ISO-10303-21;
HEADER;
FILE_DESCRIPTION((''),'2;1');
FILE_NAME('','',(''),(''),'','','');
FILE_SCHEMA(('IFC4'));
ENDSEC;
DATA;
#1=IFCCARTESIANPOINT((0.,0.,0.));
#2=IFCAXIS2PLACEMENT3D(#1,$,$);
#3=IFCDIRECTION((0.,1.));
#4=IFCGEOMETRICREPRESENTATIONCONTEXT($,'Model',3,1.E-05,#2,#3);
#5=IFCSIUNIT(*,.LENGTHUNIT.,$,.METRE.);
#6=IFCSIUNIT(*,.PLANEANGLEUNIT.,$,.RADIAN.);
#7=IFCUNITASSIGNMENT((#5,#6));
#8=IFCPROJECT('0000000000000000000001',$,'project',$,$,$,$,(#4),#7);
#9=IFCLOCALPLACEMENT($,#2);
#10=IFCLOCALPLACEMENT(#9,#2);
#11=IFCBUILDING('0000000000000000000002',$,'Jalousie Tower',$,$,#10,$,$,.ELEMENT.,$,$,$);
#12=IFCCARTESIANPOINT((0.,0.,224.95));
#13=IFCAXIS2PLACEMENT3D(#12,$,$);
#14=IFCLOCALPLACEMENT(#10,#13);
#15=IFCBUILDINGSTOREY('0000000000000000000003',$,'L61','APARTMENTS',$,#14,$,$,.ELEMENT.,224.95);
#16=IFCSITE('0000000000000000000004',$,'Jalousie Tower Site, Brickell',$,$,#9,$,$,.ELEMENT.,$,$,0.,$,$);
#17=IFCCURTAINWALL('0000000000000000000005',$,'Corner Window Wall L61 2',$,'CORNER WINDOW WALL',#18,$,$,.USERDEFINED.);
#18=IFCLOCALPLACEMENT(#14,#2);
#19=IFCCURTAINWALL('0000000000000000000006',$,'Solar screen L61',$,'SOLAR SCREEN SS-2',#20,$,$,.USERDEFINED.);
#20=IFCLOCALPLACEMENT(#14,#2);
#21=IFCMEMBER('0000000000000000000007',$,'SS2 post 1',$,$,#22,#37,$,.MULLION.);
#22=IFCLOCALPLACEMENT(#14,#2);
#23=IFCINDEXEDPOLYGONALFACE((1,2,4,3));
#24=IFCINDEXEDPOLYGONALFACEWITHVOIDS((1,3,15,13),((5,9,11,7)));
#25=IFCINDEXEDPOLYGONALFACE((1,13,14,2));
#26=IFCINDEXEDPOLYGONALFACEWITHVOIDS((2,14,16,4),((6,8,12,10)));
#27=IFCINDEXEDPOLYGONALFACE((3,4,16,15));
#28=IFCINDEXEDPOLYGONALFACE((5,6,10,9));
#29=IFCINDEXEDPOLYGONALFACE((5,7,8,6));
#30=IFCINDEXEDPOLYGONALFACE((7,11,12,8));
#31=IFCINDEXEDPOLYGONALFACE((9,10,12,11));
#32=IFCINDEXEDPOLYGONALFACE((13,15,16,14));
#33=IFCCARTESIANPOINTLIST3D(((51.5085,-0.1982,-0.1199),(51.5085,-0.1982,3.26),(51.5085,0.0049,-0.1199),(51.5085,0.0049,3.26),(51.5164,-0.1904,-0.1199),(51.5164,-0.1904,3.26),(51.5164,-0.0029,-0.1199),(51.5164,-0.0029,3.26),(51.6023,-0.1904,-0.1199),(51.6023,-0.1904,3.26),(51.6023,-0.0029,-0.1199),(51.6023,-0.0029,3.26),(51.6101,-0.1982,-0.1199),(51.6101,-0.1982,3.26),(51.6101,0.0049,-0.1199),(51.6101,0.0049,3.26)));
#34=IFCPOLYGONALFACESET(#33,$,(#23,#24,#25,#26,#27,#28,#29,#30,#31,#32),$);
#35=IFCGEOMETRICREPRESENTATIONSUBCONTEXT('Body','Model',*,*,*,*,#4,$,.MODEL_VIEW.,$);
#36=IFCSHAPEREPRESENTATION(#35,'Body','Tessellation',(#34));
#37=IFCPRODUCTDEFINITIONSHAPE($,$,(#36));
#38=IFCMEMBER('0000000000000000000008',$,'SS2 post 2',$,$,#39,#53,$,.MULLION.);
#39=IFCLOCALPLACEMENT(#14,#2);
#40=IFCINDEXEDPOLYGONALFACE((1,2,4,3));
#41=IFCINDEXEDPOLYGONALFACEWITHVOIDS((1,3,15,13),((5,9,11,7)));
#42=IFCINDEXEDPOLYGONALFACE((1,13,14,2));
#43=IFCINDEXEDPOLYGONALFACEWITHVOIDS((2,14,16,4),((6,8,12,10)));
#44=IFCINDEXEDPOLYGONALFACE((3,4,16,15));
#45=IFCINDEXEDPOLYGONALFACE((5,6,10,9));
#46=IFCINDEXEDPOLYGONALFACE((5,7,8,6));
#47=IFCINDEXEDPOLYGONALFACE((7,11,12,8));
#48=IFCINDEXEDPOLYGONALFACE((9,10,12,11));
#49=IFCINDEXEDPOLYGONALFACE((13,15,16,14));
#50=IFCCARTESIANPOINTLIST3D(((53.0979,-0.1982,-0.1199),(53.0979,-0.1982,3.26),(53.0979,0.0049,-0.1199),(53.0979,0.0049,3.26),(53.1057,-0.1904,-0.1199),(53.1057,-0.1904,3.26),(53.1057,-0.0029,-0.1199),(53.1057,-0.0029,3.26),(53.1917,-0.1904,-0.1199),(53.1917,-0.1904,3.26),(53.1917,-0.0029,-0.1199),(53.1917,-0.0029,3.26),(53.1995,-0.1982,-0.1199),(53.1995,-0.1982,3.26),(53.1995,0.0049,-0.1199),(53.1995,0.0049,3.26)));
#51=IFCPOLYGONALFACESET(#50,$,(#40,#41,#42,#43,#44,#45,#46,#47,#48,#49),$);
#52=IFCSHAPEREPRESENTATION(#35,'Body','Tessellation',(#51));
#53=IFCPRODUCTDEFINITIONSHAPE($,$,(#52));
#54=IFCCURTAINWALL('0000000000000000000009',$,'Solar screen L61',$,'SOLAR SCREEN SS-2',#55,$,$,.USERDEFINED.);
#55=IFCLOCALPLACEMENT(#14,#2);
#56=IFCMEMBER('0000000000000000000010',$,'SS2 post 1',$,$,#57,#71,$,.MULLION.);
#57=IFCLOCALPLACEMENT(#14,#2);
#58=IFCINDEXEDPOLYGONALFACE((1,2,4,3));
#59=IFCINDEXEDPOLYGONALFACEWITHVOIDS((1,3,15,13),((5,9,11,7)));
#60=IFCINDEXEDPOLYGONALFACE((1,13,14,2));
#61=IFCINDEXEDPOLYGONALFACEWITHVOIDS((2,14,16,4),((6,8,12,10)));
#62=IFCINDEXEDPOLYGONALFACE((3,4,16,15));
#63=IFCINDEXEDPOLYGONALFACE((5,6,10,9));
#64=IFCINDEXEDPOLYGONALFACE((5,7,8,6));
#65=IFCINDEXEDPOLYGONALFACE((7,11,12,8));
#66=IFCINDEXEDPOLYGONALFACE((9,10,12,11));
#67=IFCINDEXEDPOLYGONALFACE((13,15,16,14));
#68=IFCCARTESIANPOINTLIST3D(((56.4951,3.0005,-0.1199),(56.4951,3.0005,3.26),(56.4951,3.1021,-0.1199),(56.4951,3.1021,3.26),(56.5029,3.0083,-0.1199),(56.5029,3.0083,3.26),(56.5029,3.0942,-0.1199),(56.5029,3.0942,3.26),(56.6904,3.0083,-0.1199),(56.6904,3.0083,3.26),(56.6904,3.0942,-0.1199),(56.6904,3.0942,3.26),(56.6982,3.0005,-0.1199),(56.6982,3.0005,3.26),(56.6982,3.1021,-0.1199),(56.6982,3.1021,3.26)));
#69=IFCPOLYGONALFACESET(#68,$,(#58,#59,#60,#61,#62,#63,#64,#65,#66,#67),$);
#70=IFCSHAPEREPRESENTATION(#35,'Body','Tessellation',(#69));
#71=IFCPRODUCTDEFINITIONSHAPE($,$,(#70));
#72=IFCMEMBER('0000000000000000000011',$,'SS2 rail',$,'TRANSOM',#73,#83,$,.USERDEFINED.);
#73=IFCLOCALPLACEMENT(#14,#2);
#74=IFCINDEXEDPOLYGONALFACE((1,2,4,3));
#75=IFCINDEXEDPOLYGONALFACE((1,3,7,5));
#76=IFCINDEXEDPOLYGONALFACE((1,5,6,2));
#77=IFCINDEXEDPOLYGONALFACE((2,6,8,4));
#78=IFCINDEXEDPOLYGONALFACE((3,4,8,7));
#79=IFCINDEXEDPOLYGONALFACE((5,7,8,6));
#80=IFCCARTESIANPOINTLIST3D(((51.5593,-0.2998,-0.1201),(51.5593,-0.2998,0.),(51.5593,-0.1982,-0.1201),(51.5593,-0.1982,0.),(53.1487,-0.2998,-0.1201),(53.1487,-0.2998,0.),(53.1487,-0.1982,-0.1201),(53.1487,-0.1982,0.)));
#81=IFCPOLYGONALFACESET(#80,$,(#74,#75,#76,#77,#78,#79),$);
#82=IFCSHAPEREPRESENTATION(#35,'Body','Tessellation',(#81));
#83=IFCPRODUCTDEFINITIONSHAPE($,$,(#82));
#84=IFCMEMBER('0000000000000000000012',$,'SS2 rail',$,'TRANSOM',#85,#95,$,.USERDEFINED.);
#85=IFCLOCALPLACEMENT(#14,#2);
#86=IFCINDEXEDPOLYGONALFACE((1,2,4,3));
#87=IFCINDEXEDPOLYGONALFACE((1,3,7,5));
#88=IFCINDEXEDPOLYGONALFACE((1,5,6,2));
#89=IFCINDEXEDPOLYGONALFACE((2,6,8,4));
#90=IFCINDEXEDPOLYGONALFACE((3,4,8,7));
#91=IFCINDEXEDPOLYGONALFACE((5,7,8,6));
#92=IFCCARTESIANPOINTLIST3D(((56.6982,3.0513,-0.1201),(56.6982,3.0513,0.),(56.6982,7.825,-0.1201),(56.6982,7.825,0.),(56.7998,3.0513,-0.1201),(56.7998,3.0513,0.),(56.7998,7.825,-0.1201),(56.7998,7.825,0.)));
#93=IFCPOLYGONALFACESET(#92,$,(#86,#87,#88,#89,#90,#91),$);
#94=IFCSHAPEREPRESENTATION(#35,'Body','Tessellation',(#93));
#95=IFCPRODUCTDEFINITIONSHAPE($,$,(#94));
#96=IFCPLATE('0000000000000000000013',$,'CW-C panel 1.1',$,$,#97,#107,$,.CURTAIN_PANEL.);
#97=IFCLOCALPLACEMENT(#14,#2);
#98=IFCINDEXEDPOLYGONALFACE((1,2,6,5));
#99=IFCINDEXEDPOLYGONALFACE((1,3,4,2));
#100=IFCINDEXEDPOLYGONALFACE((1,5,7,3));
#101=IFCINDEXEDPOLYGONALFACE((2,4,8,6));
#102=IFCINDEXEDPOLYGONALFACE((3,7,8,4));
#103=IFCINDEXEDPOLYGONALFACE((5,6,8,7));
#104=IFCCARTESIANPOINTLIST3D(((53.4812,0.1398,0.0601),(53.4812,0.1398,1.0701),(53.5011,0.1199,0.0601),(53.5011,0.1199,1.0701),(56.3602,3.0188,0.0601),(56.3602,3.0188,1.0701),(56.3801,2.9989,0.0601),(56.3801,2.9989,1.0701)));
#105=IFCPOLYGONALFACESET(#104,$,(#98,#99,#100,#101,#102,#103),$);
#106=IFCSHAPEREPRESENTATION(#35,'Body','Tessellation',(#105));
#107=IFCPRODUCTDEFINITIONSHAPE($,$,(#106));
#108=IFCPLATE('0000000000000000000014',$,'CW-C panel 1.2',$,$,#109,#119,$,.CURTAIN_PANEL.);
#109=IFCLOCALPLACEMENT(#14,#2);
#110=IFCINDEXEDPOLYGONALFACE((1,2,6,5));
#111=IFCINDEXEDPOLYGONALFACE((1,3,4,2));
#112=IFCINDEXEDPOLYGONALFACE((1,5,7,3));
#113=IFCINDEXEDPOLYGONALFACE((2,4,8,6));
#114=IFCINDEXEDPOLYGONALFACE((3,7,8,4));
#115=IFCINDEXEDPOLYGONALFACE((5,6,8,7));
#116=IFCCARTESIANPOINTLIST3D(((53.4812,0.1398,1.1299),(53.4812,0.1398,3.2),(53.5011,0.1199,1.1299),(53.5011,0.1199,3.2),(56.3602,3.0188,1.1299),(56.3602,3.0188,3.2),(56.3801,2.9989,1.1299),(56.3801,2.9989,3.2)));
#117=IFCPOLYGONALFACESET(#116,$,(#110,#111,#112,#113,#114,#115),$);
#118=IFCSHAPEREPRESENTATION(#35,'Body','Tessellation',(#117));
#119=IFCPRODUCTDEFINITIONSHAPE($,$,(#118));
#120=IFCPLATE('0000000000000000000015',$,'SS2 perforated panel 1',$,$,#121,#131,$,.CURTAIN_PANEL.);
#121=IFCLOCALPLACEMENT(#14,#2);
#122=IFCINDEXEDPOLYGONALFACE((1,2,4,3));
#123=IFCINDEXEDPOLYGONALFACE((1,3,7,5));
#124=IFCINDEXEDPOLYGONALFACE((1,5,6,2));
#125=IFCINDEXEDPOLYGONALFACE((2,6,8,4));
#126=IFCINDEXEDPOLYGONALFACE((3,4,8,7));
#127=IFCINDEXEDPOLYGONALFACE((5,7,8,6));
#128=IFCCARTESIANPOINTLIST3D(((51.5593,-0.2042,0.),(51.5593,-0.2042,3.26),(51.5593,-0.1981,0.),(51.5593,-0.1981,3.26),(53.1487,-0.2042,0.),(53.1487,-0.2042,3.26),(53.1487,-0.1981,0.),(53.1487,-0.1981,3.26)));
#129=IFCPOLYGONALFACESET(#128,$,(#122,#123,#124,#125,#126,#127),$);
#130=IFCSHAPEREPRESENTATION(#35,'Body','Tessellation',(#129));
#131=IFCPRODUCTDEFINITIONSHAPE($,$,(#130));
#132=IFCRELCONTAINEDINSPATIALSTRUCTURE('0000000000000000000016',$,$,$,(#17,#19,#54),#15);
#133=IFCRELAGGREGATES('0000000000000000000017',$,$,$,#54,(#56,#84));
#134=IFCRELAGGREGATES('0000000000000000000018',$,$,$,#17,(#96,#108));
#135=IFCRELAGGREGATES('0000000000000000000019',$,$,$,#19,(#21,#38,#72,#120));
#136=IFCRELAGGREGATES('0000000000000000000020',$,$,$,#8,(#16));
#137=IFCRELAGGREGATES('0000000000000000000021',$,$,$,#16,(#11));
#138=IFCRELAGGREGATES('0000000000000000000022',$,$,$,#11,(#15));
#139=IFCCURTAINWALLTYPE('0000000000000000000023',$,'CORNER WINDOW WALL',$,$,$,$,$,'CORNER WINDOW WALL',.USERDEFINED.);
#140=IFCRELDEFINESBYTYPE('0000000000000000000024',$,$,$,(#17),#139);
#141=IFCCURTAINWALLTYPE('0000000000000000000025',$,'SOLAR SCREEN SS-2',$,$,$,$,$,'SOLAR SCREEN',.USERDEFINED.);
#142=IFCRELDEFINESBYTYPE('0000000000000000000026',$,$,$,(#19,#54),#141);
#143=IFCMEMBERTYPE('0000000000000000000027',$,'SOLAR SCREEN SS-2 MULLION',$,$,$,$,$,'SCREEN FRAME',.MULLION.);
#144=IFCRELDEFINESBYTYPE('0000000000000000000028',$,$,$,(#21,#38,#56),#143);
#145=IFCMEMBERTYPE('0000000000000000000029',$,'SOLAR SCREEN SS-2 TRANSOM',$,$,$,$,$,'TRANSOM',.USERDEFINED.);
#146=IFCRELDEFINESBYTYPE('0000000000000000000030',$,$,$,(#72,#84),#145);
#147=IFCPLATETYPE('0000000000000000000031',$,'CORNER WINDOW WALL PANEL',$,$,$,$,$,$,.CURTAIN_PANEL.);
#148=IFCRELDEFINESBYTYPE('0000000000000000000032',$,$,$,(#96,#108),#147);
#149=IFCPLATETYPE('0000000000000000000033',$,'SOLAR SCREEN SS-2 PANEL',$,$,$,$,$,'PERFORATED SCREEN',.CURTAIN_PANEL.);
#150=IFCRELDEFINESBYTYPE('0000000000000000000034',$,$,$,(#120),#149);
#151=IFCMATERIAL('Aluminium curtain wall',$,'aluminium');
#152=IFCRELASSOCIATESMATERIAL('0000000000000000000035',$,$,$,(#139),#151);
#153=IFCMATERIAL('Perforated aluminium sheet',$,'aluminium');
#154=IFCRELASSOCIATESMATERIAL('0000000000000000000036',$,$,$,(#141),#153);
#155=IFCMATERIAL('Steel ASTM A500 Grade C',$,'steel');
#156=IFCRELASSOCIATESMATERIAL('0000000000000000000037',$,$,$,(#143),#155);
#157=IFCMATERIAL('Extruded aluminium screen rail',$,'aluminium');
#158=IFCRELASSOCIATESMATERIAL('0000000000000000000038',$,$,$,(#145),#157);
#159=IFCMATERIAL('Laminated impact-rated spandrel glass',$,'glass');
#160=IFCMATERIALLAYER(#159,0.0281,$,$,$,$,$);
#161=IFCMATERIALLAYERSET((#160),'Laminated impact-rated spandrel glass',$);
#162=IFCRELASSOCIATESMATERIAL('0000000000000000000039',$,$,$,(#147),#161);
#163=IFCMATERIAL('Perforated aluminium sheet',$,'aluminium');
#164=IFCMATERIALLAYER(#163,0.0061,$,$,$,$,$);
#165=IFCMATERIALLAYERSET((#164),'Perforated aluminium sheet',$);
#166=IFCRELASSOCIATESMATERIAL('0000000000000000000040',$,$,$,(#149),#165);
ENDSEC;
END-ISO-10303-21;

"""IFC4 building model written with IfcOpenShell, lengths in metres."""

from ifc_helpers import new_model, si_unit, direction, frame, origin, origin_2d, place, context, subcontext, project, spatial, rectangle, hollow_rectangle, extrude, material, layer, layer_set, material_profile, profile_set, type_object, element, aggregate, save


model = new_model("IFC4")

# Units and contexts
model_context = context("Model", 3, precision=1e-05, world=origin(), true_north=direction((0.0, 1.0)))
body_context = subcontext(model_context, "Body", "Model", "MODEL_VIEW")
ifc_project = project(units=[si_unit("LENGTHUNIT", "METRE"), si_unit("PLANEANGLEUNIT", "RADIAN")], contexts=[model_context])

# Site, building, storey
site_placement = place(None, origin())
site = spatial("IfcSite", under=ifc_project, at=site_placement, Name="Jalousie Tower Site, Brickell", CompositionType="ELEMENT", RefElevation=0.0)
building_placement = place(site_placement, origin())
building = spatial("IfcBuilding", under=site, at=building_placement, Name="Jalousie Tower", CompositionType="ELEMENT")
storey_placement = place(building_placement, frame((0.0, 0.0, 224.95)))
storey = spatial("IfcBuildingStorey", under=building, at=storey_placement, Name="L61", Description="APARTMENTS", CompositionType="ELEMENT", Elevation=224.95)

# Curtain wall
ifc_material_1 = material(Name="Aluminium curtain wall", Category="aluminium")
curtain_wall_type_1 = type_object("IfcCurtainWallType", Name="CORNER WINDOW WALL", ElementType="CORNER WINDOW WALL", PredefinedType="USERDEFINED", material=ifc_material_1)
curtain_wall_1_placement = place(storey_placement, origin())
curtain_wall_1 = element("IfcCurtainWall", 1, at=curtain_wall_1_placement, inside=storey, type_object=curtain_wall_type_1, Name="Corner Window Wall L61 2", ObjectType="CORNER WINDOW WALL", PredefinedType="USERDEFINED")

# Curtain wall, members
ifc_material_2 = material(Name="Perforated aluminium sheet", Category="aluminium")
curtain_wall_type_2 = type_object("IfcCurtainWallType", Name="SOLAR SCREEN SS-2", ElementType="SOLAR SCREEN", PredefinedType="USERDEFINED", material=ifc_material_2)
curtain_wall_2_placement = place(storey_placement, origin())
curtain_wall_2 = element("IfcCurtainWall", 2, at=curtain_wall_2_placement, inside=storey, type_object=curtain_wall_type_2, Name="Solar screen L61", ObjectType="SOLAR SCREEN SS-2", PredefinedType="USERDEFINED")
ifc_material_3 = material(Name="Steel ASTM A500 Grade C", Category="steel")
ifc_material_profile_1 = material_profile(ifc_material_3, hollow_rectangle(XDim=0.1016, YDim=0.2031, WallThickness=0.0078, at=origin_2d()), Name="HSS8X4X5/16")
ifc_profile_set_1 = profile_set([ifc_material_profile_1], Name="Steel ASTM A500 Grade C")
member_type_1 = type_object("IfcMemberType", Name="SOLAR SCREEN SS-2 MULLION", ElementType="SCREEN FRAME", PredefinedType="MULLION", material=ifc_profile_set_1)
member_1_placement = place(storey_placement, frame((51.5593, -0.0967, -0.1199), z_axis=(0.0, 0.0, 1.0), x_axis=(1.0, 0.0, 0.0)))
member_1 = element("IfcMember", 3, at=member_1_placement, type_object=member_type_1, Name="SS2 post 1", PredefinedType="MULLION", context=body_context, shape_type="SweptSolid", body=[
    extrude(hollow_rectangle(XDim=0.1016, YDim=0.2031, WallThickness=0.0078, at=origin_2d()), origin(), (0.0, 0.0, 1.0), 3.3799),
])
member_2_placement = place(storey_placement, frame((53.1487, -0.0967, -0.1199), z_axis=(0.0, 0.0, 1.0), x_axis=(1.0, 0.0, 0.0)))
member_2 = element("IfcMember", 4, at=member_2_placement, type_object=member_type_1, Name="SS2 post 2", PredefinedType="MULLION", context=body_context, shape_type="SweptSolid", body=[
    extrude(hollow_rectangle(XDim=0.1016, YDim=0.2031, WallThickness=0.0078, at=origin_2d()), origin(), (0.0, 0.0, 1.0), 3.3799),
])

# Curtain wall, member
curtain_wall_3_placement = place(storey_placement, origin())
curtain_wall_3 = element("IfcCurtainWall", 5, at=curtain_wall_3_placement, inside=storey, type_object=curtain_wall_type_2, Name="Solar screen L61", ObjectType="SOLAR SCREEN SS-2", PredefinedType="USERDEFINED")
member_3_placement = place(storey_placement, frame((56.5967, 3.0513, -0.1199), z_axis=(0.0, 0.0, 1.0), x_axis=(0.0, 1.0, 0.0)))
member_3 = element("IfcMember", 6, at=member_3_placement, type_object=member_type_1, Name="SS2 post 1", PredefinedType="MULLION", context=body_context, shape_type="SweptSolid", body=[
    extrude(hollow_rectangle(XDim=0.1016, YDim=0.2031, WallThickness=0.0078, at=origin_2d()), origin(), (0.0, 0.0, 1.0), 3.3799),
])

# Members
ifc_material_4 = material(Name="Extruded aluminium screen rail", Category="aluminium")
ifc_material_profile_2 = material_profile(ifc_material_4, rectangle(XDim=0.1016, YDim=0.1201, at=origin_2d()), Name="RAIL 102x120")
ifc_profile_set_2 = profile_set([ifc_material_profile_2], Name="Extruded aluminium screen rail")
member_type_2 = type_object("IfcMemberType", Name="SOLAR SCREEN SS-2 TRANSOM", ElementType="TRANSOM", PredefinedType="USERDEFINED", material=ifc_profile_set_2)
member_4_placement = place(storey_placement, frame((51.5593, -0.249, -0.0601), z_axis=(1.0, 0.0, 0.0), x_axis=(0.0, 1.0, 0.0)))
member_4 = element("IfcMember", 7, at=member_4_placement, type_object=member_type_2, Name="SS2 rail", ObjectType="TRANSOM", PredefinedType="USERDEFINED", context=body_context, shape_type="SweptSolid", body=[
    extrude(rectangle(XDim=0.1016, YDim=0.1201, at=origin_2d()), origin(), (0.0, 0.0, 1.0), 1.5894),
])
member_5_placement = place(storey_placement, frame((56.749, 3.0513, -0.0601), z_axis=(0.0, 1.0, 0.0), x_axis=(-1.0, 0.0, 0.0)))
member_5 = element("IfcMember", 8, at=member_5_placement, type_object=member_type_2, Name="SS2 rail", ObjectType="TRANSOM", PredefinedType="USERDEFINED", context=body_context, shape_type="SweptSolid", body=[
    extrude(rectangle(XDim=0.1016, YDim=0.1201, at=origin_2d()), origin(), (0.0, 0.0, 1.0), 4.7737),
])
aggregate(curtain_wall_3, [member_3, member_5])

# Plates
ifc_material_5 = material(Name="Laminated impact-rated spandrel glass", Category="glass")
ifc_layer_1 = layer(ifc_material_5, 0.0281)
ifc_layer_set_1 = layer_set([ifc_layer_1], Name="Laminated impact-rated spandrel glass")
plate_type_1 = type_object("IfcPlateType", Name="CORNER WINDOW WALL PANEL", PredefinedType="CURTAIN_PANEL", material=ifc_layer_set_1)
plate_1_placement = place(storey_placement, frame((54.9307, 1.5693, 0.0601), z_axis=(0.0, 0.0, 1.0), x_axis=(0.707107, 0.707107, 0.0)))
plate_1 = element("IfcPlate", 9, at=plate_1_placement, type_object=plate_type_1, Name="CW-C panel 1.1", PredefinedType="CURTAIN_PANEL", context=body_context, shape_type="SweptSolid", body=[
    extrude(rectangle(XDim=4.0715, YDim=0.0281, at=origin_2d()), origin(), (0.0, 0.0, 1.0), 1.01),
])
plate_2_placement = place(storey_placement, frame((54.9307, 1.5693, 1.1299), z_axis=(0.0, 0.0, 1.0), x_axis=(0.707107, 0.707107, 0.0)))
plate_2 = element("IfcPlate", 10, at=plate_2_placement, type_object=plate_type_1, Name="CW-C panel 1.2", PredefinedType="CURTAIN_PANEL", context=body_context, shape_type="SweptSolid", body=[
    extrude(rectangle(XDim=4.0715, YDim=0.0281, at=origin_2d()), origin(), (0.0, 0.0, 1.0), 2.0701),
])
aggregate(curtain_wall_1, [plate_1, plate_2])
ifc_material_6 = material(Name="Perforated aluminium sheet", Category="aluminium")
ifc_layer_2 = layer(ifc_material_6, 0.0061)
ifc_layer_set_2 = layer_set([ifc_layer_2], Name="Perforated aluminium sheet")
plate_type_2 = type_object("IfcPlateType", Name="SOLAR SCREEN SS-2 PANEL", ElementType="PERFORATED SCREEN", PredefinedType="CURTAIN_PANEL", material=ifc_layer_set_2)
plate_3_placement = place(storey_placement, frame((52.354, -0.2012, 0.0), z_axis=(0.0, 0.0, 1.0), x_axis=(1.0, 0.0, 0.0)))
plate_3 = element("IfcPlate", 11, at=plate_3_placement, type_object=plate_type_2, Name="SS2 perforated panel 1", PredefinedType="CURTAIN_PANEL", context=body_context, shape_type="SweptSolid", body=[
    extrude(rectangle(XDim=1.5894, YDim=0.0061, at=origin_2d()), origin(), (0.0, 0.0, 1.0), 3.26),
])
aggregate(curtain_wall_2, [member_1, member_2, member_4, plate_3])

save(model, "model.ifc")
